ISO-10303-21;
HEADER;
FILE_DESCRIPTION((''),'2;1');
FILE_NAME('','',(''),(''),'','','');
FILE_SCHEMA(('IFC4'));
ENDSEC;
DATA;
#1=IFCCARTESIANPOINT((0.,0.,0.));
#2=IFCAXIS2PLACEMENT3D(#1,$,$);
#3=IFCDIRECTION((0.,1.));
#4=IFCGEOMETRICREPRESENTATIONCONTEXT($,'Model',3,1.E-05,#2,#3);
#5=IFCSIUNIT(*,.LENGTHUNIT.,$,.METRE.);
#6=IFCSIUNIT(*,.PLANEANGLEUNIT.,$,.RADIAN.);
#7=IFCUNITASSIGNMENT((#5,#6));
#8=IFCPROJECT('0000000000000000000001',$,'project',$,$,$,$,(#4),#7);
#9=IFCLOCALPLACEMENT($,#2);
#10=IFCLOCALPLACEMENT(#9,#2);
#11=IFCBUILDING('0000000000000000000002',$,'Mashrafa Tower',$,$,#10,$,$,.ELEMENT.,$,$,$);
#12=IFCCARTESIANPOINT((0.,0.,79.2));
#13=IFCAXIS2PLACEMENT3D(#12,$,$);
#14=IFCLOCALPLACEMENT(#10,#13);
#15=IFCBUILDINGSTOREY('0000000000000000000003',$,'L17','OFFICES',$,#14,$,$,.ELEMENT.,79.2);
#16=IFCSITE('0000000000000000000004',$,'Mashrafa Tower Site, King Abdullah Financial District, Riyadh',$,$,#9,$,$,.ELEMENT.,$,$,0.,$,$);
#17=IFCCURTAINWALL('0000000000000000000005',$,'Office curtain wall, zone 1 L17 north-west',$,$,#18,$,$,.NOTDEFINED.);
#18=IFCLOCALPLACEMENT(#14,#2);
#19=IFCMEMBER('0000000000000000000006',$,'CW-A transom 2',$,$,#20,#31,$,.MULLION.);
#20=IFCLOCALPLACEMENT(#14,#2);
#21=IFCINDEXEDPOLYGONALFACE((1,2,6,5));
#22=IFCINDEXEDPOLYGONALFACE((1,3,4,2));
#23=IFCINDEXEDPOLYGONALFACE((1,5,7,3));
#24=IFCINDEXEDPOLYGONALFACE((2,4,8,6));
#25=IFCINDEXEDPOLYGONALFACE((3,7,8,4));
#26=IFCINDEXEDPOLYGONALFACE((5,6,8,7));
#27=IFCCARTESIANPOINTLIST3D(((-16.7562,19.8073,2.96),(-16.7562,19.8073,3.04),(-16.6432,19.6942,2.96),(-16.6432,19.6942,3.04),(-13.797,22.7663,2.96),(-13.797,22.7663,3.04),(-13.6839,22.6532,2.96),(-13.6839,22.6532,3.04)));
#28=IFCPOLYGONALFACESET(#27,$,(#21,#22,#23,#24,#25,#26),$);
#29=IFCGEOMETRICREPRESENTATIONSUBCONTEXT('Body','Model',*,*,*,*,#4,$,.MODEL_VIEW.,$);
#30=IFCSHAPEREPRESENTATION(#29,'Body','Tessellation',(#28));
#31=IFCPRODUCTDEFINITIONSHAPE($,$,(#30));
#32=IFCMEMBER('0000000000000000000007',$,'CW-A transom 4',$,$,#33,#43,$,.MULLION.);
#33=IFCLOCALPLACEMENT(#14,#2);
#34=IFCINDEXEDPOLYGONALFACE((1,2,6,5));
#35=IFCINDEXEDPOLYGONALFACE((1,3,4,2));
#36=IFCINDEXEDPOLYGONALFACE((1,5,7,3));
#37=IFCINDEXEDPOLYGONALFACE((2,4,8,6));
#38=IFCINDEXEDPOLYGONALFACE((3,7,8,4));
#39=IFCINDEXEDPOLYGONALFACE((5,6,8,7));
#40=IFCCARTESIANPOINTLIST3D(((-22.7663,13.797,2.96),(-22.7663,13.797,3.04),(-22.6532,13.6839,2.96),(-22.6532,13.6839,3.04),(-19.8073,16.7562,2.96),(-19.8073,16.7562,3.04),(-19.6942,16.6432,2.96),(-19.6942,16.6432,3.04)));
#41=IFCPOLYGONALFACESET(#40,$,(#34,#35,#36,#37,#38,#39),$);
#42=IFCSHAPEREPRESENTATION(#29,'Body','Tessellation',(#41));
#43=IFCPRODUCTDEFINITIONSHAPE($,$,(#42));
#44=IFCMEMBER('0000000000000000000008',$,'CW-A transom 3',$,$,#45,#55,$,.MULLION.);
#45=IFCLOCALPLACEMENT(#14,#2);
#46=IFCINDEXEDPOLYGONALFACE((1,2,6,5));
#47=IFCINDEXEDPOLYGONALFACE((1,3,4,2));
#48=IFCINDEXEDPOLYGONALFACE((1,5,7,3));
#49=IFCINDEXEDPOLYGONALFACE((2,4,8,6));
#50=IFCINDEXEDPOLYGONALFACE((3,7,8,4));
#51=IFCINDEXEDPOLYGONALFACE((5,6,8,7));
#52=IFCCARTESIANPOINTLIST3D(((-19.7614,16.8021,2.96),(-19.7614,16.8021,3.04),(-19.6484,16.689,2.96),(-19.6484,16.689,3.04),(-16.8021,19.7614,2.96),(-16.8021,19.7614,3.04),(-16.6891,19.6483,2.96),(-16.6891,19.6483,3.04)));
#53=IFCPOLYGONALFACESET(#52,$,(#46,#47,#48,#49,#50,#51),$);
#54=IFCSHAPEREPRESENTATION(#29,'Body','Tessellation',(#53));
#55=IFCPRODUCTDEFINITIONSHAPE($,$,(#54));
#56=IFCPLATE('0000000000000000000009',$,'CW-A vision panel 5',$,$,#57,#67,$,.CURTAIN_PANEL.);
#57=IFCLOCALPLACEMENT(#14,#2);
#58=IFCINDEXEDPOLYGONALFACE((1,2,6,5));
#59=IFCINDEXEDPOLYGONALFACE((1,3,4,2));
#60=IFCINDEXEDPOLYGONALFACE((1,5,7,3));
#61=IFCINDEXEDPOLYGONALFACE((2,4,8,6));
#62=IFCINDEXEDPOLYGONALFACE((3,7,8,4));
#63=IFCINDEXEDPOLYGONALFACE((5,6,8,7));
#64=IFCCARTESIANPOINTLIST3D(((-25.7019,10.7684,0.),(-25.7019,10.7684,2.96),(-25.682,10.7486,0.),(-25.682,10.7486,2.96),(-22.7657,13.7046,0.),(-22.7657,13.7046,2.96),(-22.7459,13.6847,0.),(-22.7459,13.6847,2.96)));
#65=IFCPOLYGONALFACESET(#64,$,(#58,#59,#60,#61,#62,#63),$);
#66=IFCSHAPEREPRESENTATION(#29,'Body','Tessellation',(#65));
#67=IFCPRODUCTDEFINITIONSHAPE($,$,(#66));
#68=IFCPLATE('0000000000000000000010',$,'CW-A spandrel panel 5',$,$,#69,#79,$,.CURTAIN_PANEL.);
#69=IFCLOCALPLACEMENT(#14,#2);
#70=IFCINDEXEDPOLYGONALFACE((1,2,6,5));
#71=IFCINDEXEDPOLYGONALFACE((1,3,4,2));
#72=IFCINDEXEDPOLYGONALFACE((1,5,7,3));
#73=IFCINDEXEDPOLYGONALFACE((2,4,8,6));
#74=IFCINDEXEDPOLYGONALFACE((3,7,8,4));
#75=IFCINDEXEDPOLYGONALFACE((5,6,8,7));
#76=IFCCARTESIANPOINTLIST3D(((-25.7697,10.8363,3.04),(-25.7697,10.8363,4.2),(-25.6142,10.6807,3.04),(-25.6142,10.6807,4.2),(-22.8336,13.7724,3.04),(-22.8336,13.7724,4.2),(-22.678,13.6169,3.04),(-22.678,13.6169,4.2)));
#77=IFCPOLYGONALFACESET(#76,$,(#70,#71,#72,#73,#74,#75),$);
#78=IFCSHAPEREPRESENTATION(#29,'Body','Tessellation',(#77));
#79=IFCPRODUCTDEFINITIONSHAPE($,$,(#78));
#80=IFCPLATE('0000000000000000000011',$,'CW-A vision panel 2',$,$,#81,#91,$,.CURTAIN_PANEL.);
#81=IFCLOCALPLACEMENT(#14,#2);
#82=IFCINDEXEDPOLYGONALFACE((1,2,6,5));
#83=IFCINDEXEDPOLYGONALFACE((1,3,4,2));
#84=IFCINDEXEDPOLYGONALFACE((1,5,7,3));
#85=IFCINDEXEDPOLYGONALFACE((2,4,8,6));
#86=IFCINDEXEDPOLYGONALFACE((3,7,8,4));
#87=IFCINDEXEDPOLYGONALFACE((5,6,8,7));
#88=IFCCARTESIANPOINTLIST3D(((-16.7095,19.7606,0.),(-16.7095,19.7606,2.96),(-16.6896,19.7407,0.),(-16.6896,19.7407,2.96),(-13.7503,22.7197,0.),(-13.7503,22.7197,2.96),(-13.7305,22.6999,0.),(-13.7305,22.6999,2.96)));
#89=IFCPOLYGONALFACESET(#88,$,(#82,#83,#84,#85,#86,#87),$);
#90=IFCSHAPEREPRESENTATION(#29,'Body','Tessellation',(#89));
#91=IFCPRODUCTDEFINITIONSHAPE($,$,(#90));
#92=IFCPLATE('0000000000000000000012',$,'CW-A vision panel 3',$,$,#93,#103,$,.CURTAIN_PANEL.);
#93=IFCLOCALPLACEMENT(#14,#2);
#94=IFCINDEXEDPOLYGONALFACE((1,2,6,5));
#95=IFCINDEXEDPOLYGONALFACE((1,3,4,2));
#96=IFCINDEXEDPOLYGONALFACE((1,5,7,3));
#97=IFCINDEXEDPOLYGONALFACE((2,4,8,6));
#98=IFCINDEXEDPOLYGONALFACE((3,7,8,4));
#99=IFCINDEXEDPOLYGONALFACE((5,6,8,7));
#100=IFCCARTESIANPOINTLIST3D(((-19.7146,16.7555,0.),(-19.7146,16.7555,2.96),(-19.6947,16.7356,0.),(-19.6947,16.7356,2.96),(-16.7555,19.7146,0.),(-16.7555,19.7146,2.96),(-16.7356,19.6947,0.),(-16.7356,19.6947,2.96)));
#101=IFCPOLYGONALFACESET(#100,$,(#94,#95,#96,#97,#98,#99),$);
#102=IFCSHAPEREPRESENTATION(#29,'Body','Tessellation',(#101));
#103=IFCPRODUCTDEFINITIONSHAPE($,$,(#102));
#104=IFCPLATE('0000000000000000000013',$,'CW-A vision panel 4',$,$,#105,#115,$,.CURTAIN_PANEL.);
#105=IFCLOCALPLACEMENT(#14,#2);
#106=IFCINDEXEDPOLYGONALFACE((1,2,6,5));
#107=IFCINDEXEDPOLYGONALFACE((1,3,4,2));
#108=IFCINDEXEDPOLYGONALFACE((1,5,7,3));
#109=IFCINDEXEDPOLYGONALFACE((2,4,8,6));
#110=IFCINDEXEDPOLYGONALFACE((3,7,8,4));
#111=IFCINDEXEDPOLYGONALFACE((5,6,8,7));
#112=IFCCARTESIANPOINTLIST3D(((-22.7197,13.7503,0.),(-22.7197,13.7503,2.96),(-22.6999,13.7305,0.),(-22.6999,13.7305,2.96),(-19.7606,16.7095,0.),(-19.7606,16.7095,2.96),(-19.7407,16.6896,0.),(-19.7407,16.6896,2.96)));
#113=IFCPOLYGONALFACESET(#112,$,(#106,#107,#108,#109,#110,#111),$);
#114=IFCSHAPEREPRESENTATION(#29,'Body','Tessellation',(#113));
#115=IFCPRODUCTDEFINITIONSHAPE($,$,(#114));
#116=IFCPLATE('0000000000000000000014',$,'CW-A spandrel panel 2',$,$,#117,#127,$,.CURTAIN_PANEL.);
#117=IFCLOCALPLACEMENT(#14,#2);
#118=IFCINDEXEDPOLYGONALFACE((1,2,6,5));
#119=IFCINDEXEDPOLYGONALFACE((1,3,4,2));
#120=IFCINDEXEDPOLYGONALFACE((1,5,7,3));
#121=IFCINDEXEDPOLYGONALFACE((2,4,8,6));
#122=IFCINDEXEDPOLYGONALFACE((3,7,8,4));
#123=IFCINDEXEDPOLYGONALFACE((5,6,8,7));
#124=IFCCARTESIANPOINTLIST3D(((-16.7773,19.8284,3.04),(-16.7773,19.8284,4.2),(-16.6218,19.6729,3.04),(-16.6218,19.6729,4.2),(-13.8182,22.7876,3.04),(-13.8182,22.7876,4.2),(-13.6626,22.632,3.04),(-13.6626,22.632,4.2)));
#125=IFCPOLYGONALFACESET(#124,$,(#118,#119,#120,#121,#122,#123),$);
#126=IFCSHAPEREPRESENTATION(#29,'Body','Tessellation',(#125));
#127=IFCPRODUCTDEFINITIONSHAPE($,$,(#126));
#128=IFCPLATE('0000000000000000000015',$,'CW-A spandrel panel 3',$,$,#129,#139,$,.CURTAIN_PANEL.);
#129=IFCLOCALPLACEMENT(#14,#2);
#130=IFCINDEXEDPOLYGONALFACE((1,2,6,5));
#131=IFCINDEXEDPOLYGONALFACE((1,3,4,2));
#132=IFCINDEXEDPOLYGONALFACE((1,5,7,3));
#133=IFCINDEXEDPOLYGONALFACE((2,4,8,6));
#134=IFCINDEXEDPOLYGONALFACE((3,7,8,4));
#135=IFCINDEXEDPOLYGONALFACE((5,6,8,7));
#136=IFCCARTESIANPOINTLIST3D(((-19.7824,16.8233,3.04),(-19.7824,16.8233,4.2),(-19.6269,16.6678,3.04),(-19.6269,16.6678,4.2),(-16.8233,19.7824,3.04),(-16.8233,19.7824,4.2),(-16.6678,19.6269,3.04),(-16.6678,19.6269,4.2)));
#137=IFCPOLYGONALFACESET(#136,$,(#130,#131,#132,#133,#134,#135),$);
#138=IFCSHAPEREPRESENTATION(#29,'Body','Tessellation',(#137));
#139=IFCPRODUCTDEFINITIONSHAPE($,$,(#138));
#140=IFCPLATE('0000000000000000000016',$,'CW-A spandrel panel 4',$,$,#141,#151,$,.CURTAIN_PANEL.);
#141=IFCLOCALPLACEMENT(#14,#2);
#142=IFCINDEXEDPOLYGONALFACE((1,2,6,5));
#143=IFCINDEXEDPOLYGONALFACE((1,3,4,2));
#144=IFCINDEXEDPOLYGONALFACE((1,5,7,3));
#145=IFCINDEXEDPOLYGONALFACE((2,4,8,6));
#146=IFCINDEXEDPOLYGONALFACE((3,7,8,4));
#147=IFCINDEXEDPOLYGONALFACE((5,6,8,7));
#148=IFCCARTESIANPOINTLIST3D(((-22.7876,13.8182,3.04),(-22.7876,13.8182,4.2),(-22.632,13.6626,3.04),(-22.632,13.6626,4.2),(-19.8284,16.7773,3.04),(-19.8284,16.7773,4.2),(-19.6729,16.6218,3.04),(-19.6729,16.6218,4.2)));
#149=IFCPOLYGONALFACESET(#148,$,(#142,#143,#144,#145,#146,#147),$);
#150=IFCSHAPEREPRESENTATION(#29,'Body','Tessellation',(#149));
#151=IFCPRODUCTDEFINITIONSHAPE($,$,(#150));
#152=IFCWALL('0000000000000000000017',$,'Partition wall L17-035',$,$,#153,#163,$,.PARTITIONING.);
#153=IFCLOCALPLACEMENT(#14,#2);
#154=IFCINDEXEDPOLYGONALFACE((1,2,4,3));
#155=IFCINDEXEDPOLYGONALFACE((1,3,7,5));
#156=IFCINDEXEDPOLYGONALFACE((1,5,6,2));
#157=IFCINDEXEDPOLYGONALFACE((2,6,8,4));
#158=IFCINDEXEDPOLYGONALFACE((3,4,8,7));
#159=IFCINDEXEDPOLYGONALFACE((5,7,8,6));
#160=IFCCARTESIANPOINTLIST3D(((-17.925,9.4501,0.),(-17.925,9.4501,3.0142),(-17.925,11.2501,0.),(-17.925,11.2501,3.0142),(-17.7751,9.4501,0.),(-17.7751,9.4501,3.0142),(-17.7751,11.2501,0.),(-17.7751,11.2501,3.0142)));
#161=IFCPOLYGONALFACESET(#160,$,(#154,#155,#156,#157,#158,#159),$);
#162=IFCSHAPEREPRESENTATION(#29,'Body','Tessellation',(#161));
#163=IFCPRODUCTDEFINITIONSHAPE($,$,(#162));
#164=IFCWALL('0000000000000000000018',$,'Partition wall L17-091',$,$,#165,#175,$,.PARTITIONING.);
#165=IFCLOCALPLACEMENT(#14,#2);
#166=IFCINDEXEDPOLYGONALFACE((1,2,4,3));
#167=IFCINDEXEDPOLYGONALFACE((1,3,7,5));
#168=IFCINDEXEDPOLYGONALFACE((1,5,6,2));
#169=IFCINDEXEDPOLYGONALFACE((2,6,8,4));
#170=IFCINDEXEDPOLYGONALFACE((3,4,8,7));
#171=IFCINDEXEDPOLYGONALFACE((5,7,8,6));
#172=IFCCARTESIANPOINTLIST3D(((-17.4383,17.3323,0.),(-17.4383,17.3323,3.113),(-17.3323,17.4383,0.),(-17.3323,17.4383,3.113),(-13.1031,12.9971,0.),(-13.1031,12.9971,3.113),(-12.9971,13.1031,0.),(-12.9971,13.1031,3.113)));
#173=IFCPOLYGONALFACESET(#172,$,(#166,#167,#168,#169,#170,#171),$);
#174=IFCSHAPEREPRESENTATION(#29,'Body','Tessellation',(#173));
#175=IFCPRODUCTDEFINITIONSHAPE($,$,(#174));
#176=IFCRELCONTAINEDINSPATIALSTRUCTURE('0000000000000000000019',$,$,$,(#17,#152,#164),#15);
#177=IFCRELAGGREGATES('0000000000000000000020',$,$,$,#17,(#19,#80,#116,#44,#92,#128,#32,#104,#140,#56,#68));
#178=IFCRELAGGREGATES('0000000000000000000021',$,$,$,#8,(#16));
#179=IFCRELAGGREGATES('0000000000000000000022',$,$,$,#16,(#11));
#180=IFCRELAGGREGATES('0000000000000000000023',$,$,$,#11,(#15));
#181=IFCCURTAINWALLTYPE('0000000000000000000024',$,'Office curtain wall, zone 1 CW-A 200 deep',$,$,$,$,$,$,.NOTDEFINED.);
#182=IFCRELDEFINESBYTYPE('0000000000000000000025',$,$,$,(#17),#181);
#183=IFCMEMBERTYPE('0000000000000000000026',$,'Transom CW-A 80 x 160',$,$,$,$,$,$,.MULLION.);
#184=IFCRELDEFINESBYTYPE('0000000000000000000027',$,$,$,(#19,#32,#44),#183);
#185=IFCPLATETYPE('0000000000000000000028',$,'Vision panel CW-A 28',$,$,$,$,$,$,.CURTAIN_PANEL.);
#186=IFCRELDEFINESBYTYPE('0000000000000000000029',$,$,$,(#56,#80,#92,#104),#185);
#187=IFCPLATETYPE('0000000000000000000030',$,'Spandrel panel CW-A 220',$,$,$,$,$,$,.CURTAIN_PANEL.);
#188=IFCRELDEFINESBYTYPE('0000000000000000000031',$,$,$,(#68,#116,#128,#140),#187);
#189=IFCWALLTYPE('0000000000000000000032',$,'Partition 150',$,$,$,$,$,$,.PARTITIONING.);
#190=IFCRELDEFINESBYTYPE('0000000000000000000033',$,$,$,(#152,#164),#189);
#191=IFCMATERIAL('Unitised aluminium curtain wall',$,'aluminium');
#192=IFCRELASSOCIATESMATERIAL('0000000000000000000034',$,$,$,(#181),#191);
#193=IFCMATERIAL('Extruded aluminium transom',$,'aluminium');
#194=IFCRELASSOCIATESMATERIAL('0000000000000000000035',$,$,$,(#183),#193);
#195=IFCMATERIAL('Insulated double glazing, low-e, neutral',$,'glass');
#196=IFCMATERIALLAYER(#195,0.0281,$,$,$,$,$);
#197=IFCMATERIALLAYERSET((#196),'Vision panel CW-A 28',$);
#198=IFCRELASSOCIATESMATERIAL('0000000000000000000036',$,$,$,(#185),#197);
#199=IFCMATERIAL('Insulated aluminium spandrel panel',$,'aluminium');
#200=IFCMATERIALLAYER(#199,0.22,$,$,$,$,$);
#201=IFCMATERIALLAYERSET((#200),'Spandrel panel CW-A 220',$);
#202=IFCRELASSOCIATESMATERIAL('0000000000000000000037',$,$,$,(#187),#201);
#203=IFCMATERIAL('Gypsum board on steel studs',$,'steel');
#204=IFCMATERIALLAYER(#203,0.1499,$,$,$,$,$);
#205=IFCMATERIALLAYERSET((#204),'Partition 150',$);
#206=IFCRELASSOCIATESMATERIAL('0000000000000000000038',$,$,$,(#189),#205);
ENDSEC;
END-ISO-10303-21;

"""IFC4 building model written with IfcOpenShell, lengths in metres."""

from ifc_helpers import new_model, si_unit, direction, frame, frame_2d, origin, origin_2d, place, context, subcontext, project, spatial, rectangle, extrude, source, transform, mapped, material, layer, layer_set, material_profile, profile_set, type_object, type_shapes, element, aggregate, save


model = new_model("IFC4")

# Units and contexts
model_context = context("Model", 3, precision=1e-05, world=origin(), true_north=direction((0.0, 1.0)))
body_context = subcontext(model_context, "Body", "Model", "MODEL_VIEW")
ifc_project = project(units=[si_unit("LENGTHUNIT", "METRE"), si_unit("PLANEANGLEUNIT", "RADIAN")], contexts=[model_context])

# Site, building, storey
site_placement = place(None, origin())
site = spatial("IfcSite", under=ifc_project, at=site_placement, Name="Mashrafa Tower Site, King Abdullah Financial District, Riyadh", CompositionType="ELEMENT", RefElevation=0.0)
building_placement = place(site_placement, origin())
building = spatial("IfcBuilding", under=site, at=building_placement, Name="Mashrafa Tower", CompositionType="ELEMENT")
storey_placement = place(building_placement, frame((0.0, 0.0, 79.2)))
storey = spatial("IfcBuildingStorey", under=building, at=storey_placement, Name="L17", Description="OFFICES", CompositionType="ELEMENT", Elevation=79.2)

# Curtain wall
ifc_material_1 = material(Name="Unitised aluminium curtain wall", Category="aluminium")
curtain_wall_type = type_object("IfcCurtainWallType", Name="Office curtain wall, zone 1 CW-A 200 deep", PredefinedType="NOTDEFINED", material=ifc_material_1)
curtain_wall_1_placement = place(storey_placement, origin())
curtain_wall_1 = element("IfcCurtainWall", 1, at=curtain_wall_1_placement, inside=storey, type_object=curtain_wall_type, Name="Office curtain wall, zone 1 L17 north-west", PredefinedType="NOTDEFINED")

# Members
ifc_material_2 = material(Name="Extruded aluminium transom", Category="aluminium")
ifc_material_profile_1 = material_profile(ifc_material_2, rectangle(XDim=0.1599, YDim=0.0801, at=origin_2d()), Name="Transom 80x160")
ifc_profile_set_1 = profile_set([ifc_material_profile_1], Name="Extruded aluminium transom")
member_type_1 = type_object("IfcMemberType", Name="Transom CW-A 80 x 160", PredefinedType="MULLION", material=ifc_profile_set_1)
shared_shape_1 = source(origin(), body_context, "Body", "SweptSolid", [
    extrude(rectangle(XDim=0.1599, YDim=0.0801, at=origin_2d()), origin(), (0.0, 0.0, 1.0), 4.1848),
])
member_1_placement = place(storey_placement, frame((-13.7405, 22.7097, 3.0), z_axis=(-0.707136, -0.707078, 0.0), x_axis=(0.707078, -0.707136, 0.0)))
member_1 = element("IfcMember", 2, at=member_1_placement, type_object=member_type_1, Name="CW-A transom 2", PredefinedType="MULLION", context=body_context, shape_type="MappedRepresentation", body=[
    mapped(shared_shape_1, transform((0.0, 0.0, 0.0))),
])
member_2_placement = place(storey_placement, frame((-19.7507, 16.6997, 3.0), z_axis=(-0.707078, -0.707136, 0.0), x_axis=(0.707136, -0.707078, 0.0)))
member_2 = element("IfcMember", 3, at=member_2_placement, type_object=member_type_1, Name="CW-A transom 4", PredefinedType="MULLION", context=body_context, shape_type="MappedRepresentation", body=[
    mapped(shared_shape_1, transform((0.0, 0.0, 0.0))),
])
shared_shape_2 = source(origin(), body_context, "Body", "SweptSolid", [
    extrude(rectangle(XDim=0.1599, YDim=0.0801, at=origin_2d()), origin(), (0.0, 0.0, 1.0), 4.1851),
])
member_3_placement = place(storey_placement, frame((-16.7456, 19.7048, 3.0), z_axis=(-0.707107, -0.707107, 0.0), x_axis=(0.707107, -0.707107, 0.0)))
member_3 = element("IfcMember", 4, at=member_3_placement, type_object=member_type_1, Name="CW-A transom 3", PredefinedType="MULLION", context=body_context, shape_type="MappedRepresentation", body=[
    mapped(shared_shape_2, transform((0.0, 0.0, 0.0))),
])

# Plates
ifc_material_3 = material(Name="Insulated double glazing, low-e, neutral", Category="glass")
ifc_layer_1 = layer(ifc_material_3, 0.0281)
ifc_layer_set_1 = layer_set([ifc_layer_1], Name="Vision panel CW-A 28")
plate_type_1 = type_object("IfcPlateType", Name="Vision panel CW-A 28", PredefinedType="CURTAIN_PANEL", material=ifc_layer_set_1)
shared_shape_3 = source(origin(), body_context, "Body", "SweptSolid", [
    extrude(rectangle(XDim=4.1523, YDim=0.0281, at=origin_2d()), origin(), (0.0, 0.0, 1.0), 2.96),
])
plate_1_placement = place(storey_placement, frame((-24.2239, 12.2266, 0.0), z_axis=(0.0, 0.0, 1.0), x_axis=(-0.707107, -0.707107, 0.0)))
plate_1 = element("IfcPlate", 5, at=plate_1_placement, type_object=plate_type_1, Name="CW-A vision panel 5", PredefinedType="CURTAIN_PANEL", context=body_context, shape_type="MappedRepresentation", body=[
    mapped(shared_shape_3, transform((0.0, 0.0, 0.0))),
])
ifc_material_4 = material(Name="Insulated aluminium spandrel panel", Category="aluminium")
ifc_layer_2 = layer(ifc_material_4, 0.22)
ifc_layer_set_2 = layer_set([ifc_layer_2], Name="Spandrel panel CW-A 220")
plate_type_2 = type_object("IfcPlateType", Name="Spandrel panel CW-A 220", PredefinedType="CURTAIN_PANEL", material=ifc_layer_set_2)
shared_shape_4 = source(origin(), body_context, "Body", "SweptSolid", [
    extrude(rectangle(XDim=4.1523, YDim=0.22, at=origin_2d()), origin(), (0.0, 0.0, 1.0), 1.1599),
])
plate_2_placement = place(storey_placement, frame((-24.2239, 12.2266, 3.04), z_axis=(0.0, 0.0, 1.0), x_axis=(-0.707107, -0.707107, 0.0)))
plate_2 = element("IfcPlate", 6, at=plate_2_placement, type_object=plate_type_2, Name="CW-A spandrel panel 5", PredefinedType="CURTAIN_PANEL", context=body_context, shape_type="MappedRepresentation", body=[
    mapped(shared_shape_4, transform((0.0, 0.0, 0.0))),
])
shared_shape_5 = source(origin(), body_context, "Body", "SweptSolid", [
    extrude(rectangle(XDim=4.1848, YDim=0.0281, at=origin_2d()), origin(), (0.0, 0.0, 1.0), 2.96),
])
type_shapes(plate_type_1, [shared_shape_3, shared_shape_5])
plate_3_placement = place(storey_placement, frame((-15.22, 21.2302, 0.0), z_axis=(0.0, 0.0, 1.0), x_axis=(-0.707107, -0.707107, 0.0)))
plate_3 = element("IfcPlate", 7, at=plate_3_placement, type_object=plate_type_1, Name="CW-A vision panel 2", PredefinedType="CURTAIN_PANEL", context=body_context, shape_type="MappedRepresentation", body=[
    mapped(shared_shape_5, transform((0.0, 0.0, 0.0))),
])
plate_4_placement = place(storey_placement, frame((-18.2251, 18.2251, 0.0), z_axis=(0.0, 0.0, 1.0), x_axis=(-0.707107, -0.707107, 0.0)))
plate_4 = element("IfcPlate", 8, at=plate_4_placement, type_object=plate_type_1, Name="CW-A vision panel 3", PredefinedType="CURTAIN_PANEL", context=body_context, shape_type="MappedRepresentation", body=[
    mapped(shared_shape_5, transform((0.0, 0.0, 0.0))),
])
plate_5_placement = place(storey_placement, frame((-21.2302, 15.22, 0.0), z_axis=(0.0, 0.0, 1.0), x_axis=(-0.707107, -0.707107, 0.0)))
plate_5 = element("IfcPlate", 9, at=plate_5_placement, type_object=plate_type_1, Name="CW-A vision panel 4", PredefinedType="CURTAIN_PANEL", context=body_context, shape_type="MappedRepresentation", body=[
    mapped(shared_shape_5, transform((0.0, 0.0, 0.0))),
])
shared_shape_6 = source(origin(), body_context, "Body", "SweptSolid", [
    extrude(rectangle(XDim=4.1848, YDim=0.22, at=origin_2d()), origin(), (0.0, 0.0, 1.0), 1.1599),
])
type_shapes(plate_type_2, [shared_shape_4, shared_shape_6])
plate_6_placement = place(storey_placement, frame((-15.22, 21.2302, 3.04), z_axis=(0.0, 0.0, 1.0), x_axis=(-0.707107, -0.707107, 0.0)))
plate_6 = element("IfcPlate", 10, at=plate_6_placement, type_object=plate_type_2, Name="CW-A spandrel panel 2", PredefinedType="CURTAIN_PANEL", context=body_context, shape_type="MappedRepresentation", body=[
    mapped(shared_shape_6, transform((0.0, 0.0, 0.0))),
])
plate_7_placement = place(storey_placement, frame((-18.2251, 18.2251, 3.04), z_axis=(0.0, 0.0, 1.0), x_axis=(-0.707107, -0.707107, 0.0)))
plate_7 = element("IfcPlate", 11, at=plate_7_placement, type_object=plate_type_2, Name="CW-A spandrel panel 3", PredefinedType="CURTAIN_PANEL", context=body_context, shape_type="MappedRepresentation", body=[
    mapped(shared_shape_6, transform((0.0, 0.0, 0.0))),
])
plate_8_placement = place(storey_placement, frame((-21.2302, 15.22, 3.04), z_axis=(0.0, 0.0, 1.0), x_axis=(-0.707107, -0.707107, 0.0)))
plate_8 = element("IfcPlate", 12, at=plate_8_placement, type_object=plate_type_2, Name="CW-A spandrel panel 4", PredefinedType="CURTAIN_PANEL", context=body_context, shape_type="MappedRepresentation", body=[
    mapped(shared_shape_6, transform((0.0, 0.0, 0.0))),
])
aggregate(curtain_wall_1, [member_1, plate_3, plate_6, member_3, plate_4, plate_7, member_2, plate_5, plate_8, plate_1, plate_2])

# Walls
ifc_material_5 = material(Name="Gypsum board on steel studs", Category="steel")
ifc_layer_3 = layer(ifc_material_5, 0.1499)
ifc_layer_set_3 = layer_set([ifc_layer_3], Name="Partition 150")
wall_type = type_object("IfcWallType", Name="Partition 150", PredefinedType="PARTITIONING", material=ifc_layer_set_3)
wall_1_placement = place(storey_placement, frame((-17.8501, 11.25, 0.0), z_axis=(0.0, 0.0, 1.0), x_axis=(0.0, -1.0, 0.0)))
element("IfcWall", 13, at=wall_1_placement, inside=storey, type_object=wall_type, Name="Partition wall L17-035", PredefinedType="PARTITIONING", context=body_context, shape_type="SweptSolid", body=[
    extrude(rectangle(XDim=1.8, YDim=0.1499, at=frame_2d((0.8999, 0.0))), origin(), (0.0, 0.0, 1.0), 3.0142),
])
wall_2_placement = place(storey_placement, frame((-17.3853, 17.3853, 0.0), z_axis=(0.0, 0.0, 1.0), x_axis=(0.707107, -0.707107, 0.0)))
element("IfcWall", 14, at=wall_2_placement, inside=storey, type_object=wall_type, Name="Partition wall L17-091", PredefinedType="PARTITIONING", context=body_context, shape_type="SweptSolid", body=[
    extrude(rectangle(XDim=6.1309, YDim=0.1499, at=frame_2d((3.0654, 0.0))), origin(), (0.0, 0.0, 1.0), 3.113),
])

save(model, "model.ifc")
